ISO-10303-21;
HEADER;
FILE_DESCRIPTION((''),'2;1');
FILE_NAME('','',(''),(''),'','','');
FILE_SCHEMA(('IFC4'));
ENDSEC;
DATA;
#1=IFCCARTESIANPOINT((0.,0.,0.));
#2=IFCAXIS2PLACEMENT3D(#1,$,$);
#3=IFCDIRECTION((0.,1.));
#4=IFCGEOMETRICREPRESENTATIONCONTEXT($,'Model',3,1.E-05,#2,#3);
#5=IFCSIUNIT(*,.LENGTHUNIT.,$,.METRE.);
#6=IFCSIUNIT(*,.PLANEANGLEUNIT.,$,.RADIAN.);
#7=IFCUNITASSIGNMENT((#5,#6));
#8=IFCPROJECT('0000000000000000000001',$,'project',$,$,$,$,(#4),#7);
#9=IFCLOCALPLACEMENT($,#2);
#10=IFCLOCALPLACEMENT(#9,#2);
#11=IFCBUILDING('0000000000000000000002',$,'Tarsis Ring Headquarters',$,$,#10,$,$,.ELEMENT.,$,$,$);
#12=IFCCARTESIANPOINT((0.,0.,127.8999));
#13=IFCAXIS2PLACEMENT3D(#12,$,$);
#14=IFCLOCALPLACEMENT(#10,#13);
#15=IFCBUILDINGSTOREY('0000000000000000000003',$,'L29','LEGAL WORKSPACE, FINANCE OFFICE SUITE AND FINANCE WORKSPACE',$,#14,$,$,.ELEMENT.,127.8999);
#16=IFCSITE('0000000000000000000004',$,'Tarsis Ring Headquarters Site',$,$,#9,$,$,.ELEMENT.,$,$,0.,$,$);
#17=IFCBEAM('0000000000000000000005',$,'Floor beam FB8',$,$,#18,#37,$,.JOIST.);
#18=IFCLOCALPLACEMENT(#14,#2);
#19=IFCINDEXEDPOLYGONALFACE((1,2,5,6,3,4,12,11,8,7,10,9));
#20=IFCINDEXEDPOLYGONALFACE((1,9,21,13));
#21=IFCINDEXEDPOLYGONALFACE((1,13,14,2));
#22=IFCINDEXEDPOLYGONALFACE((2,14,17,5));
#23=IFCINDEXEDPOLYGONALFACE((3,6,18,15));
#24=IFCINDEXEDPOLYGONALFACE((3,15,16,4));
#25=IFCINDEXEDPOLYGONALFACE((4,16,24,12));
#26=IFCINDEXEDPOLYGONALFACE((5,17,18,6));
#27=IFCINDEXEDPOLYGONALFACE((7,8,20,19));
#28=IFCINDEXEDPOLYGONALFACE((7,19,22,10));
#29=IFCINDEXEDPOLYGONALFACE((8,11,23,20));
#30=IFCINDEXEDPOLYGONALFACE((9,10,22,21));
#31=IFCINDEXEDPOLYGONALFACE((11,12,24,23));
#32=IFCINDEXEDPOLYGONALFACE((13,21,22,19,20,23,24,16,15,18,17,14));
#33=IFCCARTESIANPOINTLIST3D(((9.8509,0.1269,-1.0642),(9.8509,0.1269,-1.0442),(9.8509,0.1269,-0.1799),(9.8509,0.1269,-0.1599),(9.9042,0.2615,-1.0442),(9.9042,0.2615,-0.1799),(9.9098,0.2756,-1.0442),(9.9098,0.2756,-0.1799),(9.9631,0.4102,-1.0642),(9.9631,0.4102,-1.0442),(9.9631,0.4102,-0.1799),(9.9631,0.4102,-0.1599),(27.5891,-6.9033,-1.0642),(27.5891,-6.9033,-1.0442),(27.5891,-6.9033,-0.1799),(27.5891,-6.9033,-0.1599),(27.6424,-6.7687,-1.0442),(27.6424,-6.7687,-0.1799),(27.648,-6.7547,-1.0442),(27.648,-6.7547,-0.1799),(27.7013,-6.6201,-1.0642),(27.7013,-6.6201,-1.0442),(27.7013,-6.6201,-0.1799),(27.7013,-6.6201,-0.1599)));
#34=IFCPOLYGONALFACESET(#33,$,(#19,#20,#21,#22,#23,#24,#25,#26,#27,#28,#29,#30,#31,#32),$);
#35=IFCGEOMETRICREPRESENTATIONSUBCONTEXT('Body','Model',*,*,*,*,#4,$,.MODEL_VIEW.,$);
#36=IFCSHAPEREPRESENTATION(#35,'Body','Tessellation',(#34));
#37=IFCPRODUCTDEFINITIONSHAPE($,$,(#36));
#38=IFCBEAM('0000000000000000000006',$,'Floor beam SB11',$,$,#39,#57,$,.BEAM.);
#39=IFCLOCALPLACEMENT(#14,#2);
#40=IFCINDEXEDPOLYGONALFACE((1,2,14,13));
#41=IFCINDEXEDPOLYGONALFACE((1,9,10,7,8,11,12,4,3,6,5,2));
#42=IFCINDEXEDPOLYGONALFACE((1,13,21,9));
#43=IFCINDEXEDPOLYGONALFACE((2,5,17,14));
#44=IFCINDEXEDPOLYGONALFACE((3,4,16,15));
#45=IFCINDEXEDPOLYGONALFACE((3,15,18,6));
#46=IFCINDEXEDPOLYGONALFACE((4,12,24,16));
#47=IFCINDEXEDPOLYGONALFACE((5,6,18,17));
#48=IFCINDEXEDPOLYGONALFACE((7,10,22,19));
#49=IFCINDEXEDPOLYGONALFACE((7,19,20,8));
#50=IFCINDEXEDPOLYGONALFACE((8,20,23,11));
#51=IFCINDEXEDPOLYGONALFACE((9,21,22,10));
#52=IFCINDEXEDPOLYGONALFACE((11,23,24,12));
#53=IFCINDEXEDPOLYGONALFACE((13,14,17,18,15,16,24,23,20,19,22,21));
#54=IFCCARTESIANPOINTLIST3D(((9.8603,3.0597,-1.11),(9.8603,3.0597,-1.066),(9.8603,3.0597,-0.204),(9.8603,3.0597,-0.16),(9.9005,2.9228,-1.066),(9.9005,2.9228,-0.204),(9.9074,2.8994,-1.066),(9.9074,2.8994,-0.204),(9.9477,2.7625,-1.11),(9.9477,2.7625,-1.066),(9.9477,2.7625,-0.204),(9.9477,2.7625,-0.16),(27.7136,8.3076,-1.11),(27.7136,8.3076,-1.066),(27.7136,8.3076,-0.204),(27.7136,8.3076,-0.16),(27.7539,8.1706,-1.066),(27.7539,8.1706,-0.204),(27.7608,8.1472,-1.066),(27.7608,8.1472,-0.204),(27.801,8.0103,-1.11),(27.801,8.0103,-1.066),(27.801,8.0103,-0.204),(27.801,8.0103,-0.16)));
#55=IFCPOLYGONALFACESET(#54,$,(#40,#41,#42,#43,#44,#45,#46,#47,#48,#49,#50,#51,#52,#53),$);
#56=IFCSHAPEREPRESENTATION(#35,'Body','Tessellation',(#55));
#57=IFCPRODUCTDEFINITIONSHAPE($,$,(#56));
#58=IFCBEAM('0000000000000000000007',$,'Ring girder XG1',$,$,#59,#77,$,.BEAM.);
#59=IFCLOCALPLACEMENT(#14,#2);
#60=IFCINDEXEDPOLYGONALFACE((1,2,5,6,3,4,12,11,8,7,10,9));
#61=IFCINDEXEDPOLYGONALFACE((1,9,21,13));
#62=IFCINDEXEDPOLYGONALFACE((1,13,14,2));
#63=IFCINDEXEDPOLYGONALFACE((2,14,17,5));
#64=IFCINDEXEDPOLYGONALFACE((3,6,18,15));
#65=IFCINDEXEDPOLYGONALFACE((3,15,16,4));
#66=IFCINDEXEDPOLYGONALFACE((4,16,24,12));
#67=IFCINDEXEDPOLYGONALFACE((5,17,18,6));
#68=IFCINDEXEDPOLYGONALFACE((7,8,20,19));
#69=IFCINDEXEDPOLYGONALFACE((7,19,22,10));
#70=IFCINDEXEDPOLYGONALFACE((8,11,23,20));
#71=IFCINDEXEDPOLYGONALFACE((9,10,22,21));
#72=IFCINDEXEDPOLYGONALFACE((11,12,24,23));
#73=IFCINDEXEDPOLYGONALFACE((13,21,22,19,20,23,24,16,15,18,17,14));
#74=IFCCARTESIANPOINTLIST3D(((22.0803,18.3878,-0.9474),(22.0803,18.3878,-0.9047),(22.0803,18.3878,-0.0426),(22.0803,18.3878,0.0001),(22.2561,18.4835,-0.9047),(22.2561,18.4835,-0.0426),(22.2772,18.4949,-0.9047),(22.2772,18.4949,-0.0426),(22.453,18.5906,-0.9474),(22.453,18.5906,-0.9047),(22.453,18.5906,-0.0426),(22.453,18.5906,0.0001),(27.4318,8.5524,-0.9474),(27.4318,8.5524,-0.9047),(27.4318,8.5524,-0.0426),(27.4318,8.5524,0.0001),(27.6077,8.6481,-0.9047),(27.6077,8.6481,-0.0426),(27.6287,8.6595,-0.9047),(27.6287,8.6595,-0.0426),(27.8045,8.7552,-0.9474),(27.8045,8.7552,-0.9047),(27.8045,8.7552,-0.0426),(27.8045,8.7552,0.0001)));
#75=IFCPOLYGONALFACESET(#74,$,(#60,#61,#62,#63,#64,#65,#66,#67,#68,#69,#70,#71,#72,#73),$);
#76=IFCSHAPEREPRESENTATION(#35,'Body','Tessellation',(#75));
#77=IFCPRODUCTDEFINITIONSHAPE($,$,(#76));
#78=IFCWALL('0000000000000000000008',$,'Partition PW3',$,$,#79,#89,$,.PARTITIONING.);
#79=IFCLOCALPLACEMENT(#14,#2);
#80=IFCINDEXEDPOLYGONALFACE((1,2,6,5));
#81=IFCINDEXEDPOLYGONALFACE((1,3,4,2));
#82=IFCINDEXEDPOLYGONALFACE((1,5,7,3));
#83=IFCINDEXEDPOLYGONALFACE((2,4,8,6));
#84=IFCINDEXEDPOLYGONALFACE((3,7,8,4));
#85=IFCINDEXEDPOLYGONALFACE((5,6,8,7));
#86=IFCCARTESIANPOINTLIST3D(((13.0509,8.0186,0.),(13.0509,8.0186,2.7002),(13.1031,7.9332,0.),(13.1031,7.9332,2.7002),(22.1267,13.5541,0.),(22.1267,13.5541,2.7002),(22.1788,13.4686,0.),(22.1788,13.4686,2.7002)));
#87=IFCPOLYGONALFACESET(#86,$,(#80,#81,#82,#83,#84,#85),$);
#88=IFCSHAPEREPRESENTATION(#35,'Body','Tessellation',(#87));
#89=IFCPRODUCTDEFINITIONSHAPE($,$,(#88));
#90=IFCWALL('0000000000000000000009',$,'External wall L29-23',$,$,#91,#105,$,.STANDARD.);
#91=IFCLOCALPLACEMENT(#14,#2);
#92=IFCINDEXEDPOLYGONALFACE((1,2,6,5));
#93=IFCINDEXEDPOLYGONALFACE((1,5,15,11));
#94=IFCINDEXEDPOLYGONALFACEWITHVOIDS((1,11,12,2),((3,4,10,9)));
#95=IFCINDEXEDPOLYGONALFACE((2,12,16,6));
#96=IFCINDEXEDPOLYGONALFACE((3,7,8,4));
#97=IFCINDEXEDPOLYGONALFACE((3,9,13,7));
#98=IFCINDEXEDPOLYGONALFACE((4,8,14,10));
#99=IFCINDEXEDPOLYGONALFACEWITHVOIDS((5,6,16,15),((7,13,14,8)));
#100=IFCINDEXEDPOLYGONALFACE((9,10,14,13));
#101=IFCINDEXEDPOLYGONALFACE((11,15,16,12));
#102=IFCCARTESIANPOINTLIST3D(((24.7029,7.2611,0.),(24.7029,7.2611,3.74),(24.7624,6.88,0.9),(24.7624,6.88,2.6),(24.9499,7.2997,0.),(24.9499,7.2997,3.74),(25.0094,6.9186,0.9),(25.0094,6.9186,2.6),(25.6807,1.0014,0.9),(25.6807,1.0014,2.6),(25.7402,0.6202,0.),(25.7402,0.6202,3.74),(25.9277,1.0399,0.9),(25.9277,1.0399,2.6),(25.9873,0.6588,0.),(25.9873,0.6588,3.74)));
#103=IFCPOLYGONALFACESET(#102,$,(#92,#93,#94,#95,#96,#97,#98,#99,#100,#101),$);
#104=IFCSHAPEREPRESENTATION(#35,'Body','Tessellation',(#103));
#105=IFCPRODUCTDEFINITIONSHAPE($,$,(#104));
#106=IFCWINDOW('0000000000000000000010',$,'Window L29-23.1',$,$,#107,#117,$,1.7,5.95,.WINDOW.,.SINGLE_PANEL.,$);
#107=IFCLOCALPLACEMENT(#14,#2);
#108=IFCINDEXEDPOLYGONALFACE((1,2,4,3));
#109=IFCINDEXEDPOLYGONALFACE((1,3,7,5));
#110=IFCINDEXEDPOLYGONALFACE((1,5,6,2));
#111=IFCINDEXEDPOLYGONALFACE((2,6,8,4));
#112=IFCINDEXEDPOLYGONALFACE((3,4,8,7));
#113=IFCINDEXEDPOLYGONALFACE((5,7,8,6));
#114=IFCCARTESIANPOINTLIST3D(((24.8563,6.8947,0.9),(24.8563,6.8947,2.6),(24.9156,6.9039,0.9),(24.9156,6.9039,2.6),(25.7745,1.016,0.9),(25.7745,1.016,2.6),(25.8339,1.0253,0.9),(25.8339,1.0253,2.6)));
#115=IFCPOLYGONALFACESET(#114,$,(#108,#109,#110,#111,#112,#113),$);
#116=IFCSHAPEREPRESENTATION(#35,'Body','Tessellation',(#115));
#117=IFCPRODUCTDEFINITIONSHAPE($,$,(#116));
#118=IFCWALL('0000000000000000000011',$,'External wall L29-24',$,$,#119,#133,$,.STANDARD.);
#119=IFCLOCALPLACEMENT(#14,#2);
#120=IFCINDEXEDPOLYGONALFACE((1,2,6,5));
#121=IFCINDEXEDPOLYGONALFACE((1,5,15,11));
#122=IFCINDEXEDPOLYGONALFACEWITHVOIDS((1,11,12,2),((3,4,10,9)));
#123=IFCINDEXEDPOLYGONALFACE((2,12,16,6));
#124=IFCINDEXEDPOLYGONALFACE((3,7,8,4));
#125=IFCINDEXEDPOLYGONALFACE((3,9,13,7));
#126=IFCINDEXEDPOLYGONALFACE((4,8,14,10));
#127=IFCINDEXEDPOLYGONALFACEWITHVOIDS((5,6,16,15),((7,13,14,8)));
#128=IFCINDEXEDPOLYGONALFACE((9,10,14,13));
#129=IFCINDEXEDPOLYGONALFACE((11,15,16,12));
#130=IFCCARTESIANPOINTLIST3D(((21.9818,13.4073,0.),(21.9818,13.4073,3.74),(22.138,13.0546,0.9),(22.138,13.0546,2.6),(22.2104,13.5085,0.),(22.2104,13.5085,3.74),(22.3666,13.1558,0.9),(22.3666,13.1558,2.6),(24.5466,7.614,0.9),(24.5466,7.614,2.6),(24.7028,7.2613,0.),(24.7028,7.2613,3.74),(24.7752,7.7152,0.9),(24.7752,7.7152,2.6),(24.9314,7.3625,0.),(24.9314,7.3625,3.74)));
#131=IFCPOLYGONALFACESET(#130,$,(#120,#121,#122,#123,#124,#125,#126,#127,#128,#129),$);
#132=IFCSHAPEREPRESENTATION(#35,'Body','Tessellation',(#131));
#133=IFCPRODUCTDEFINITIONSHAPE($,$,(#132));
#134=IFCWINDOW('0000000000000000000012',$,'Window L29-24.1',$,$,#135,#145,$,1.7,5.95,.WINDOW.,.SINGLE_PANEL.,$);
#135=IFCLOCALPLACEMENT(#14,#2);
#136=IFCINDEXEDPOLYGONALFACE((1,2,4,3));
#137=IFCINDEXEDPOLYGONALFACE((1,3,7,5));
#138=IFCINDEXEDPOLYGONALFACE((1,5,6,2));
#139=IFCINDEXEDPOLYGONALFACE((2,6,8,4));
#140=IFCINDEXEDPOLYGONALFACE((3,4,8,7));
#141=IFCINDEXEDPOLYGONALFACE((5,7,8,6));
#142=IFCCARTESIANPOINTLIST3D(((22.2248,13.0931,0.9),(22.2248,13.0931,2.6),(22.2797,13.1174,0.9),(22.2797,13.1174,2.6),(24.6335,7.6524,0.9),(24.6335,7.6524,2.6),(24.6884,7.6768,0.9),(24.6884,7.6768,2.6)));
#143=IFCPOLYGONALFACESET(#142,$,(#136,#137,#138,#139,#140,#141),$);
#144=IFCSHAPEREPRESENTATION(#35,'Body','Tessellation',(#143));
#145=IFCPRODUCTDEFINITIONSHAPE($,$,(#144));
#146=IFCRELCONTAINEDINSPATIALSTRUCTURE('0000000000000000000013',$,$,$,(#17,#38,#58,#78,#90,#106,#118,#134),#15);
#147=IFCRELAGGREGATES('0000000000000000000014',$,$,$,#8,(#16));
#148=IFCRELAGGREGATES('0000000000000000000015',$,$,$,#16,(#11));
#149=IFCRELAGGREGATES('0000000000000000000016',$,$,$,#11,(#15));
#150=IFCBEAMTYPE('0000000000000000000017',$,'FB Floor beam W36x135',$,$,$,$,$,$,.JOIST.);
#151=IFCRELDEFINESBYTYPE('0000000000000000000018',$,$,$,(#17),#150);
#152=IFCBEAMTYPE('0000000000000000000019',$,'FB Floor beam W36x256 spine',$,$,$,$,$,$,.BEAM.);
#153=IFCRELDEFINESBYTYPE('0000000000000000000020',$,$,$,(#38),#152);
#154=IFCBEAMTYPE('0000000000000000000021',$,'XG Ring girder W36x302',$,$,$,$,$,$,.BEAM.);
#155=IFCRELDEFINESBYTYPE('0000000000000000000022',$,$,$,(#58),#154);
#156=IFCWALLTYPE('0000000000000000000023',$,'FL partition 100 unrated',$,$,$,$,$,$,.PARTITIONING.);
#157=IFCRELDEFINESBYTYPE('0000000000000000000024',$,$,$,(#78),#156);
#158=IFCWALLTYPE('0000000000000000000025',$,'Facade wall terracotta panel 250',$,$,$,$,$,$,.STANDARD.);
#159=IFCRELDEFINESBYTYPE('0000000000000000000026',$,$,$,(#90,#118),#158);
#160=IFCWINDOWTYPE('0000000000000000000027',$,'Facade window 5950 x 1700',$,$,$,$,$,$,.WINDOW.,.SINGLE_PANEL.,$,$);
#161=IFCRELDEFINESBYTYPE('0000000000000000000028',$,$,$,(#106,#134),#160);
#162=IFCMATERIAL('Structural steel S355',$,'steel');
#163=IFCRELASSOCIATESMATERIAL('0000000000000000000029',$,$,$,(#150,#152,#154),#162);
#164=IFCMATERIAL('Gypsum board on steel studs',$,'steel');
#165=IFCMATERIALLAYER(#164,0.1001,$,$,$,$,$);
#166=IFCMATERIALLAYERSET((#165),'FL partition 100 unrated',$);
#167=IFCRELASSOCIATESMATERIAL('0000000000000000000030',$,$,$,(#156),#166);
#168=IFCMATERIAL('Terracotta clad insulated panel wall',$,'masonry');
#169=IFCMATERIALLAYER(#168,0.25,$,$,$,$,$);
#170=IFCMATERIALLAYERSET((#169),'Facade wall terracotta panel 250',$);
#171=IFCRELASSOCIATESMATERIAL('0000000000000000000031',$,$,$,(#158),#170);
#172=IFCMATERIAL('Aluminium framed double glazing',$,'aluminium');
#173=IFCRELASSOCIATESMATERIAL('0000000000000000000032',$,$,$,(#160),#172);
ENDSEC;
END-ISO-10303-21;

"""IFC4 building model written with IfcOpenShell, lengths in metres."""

from ifc_helpers import new_model, si_unit, direction, frame, frame_2d, origin, origin_2d, place, context, subcontext, project, spatial, rectangle, i_section, extrude, material, layer, layer_set, material_profile, profile_set, type_object, element, fill, save


model = new_model("IFC4")

# Units and contexts
model_context = context("Model", 3, precision=1e-05, world=origin(), true_north=direction((0.0, 1.0)))
body_context = subcontext(model_context, "Body", "Model", "MODEL_VIEW")
ifc_project = project(units=[si_unit("LENGTHUNIT", "METRE"), si_unit("PLANEANGLEUNIT", "RADIAN")], contexts=[model_context])

# Site, building, storey
site_placement = place(None, origin())
site = spatial("IfcSite", under=ifc_project, at=site_placement, Name="Tarsis Ring Headquarters Site", CompositionType="ELEMENT", RefElevation=0.0)
building_placement = place(site_placement, origin())
building = spatial("IfcBuilding", under=site, at=building_placement, Name="Tarsis Ring Headquarters", CompositionType="ELEMENT")
storey_placement = place(building_placement, frame((0.0, 0.0, 127.8999)))
storey = spatial("IfcBuildingStorey", under=building, at=storey_placement, Name="L29", Description="LEGAL WORKSPACE, FINANCE OFFICE SUITE AND FINANCE WORKSPACE", CompositionType="ELEMENT", Elevation=127.8999)

# Shared definitions
ifc_material_1 = material(Name="Structural steel S355", Category="steel")

# Beams
ifc_material_profile_1 = material_profile(ifc_material_1, i_section(OverallWidth=0.3047, OverallDepth=0.9043, WebThickness=0.0151, FlangeThickness=0.02, at=origin_2d()), Name="W36x135")
ifc_profile_set_1 = profile_set([ifc_material_profile_1], Name="Structural steel S355")
beam_type_1 = type_object("IfcBeamType", Name="FB Floor beam W36x135", PredefinedType="JOIST", material=ifc_profile_set_1)
beam_1_placement = place(storey_placement, frame((9.907, 0.2686, -0.6121), z_axis=(0.929647, -0.36845, 0.0), x_axis=(0.36845, 0.929647, 0.0)))
element("IfcBeam", 1, at=beam_1_placement, inside=storey, type_object=beam_type_1, Name="Floor beam FB8", PredefinedType="JOIST", context=body_context, shape_type="SweptSolid", body=[
    extrude(i_section(OverallWidth=0.3047, OverallDepth=0.9043, WebThickness=0.0151, FlangeThickness=0.02, at=origin_2d()), origin(), (0.0, 0.0, 1.0), 19.0806),
])
ifc_material_profile_2 = material_profile(ifc_material_1, i_section(OverallWidth=0.3098, OverallDepth=0.95, WebThickness=0.0244, FlangeThickness=0.0439, at=origin_2d()), Name="W36x256")
ifc_profile_set_2 = profile_set([ifc_material_profile_2], Name="Structural steel S355")
beam_type_2 = type_object("IfcBeamType", Name="FB Floor beam W36x256 spine", PredefinedType="BEAM", material=ifc_profile_set_2)
beam_2_placement = place(storey_placement, frame((27.7573, 8.1589, -0.635), z_axis=(-0.959411, -0.28201, 0.0), x_axis=(0.28201, -0.959411, 0.0)))
element("IfcBeam", 2, at=beam_2_placement, inside=storey, type_object=beam_type_2, Name="Floor beam SB11", PredefinedType="BEAM", context=body_context, shape_type="SweptSolid", body=[
    extrude(i_section(OverallWidth=0.3098, OverallDepth=0.95, WebThickness=0.0244, FlangeThickness=0.0439, at=origin_2d()), origin(), (0.0, 0.0, 1.0), 18.6086),
])
ifc_material_profile_3 = material_profile(ifc_material_1, i_section(OverallWidth=0.4243, OverallDepth=0.9475, WebThickness=0.0239, FlangeThickness=0.0427, at=origin_2d()), Name="W36x302")
ifc_profile_set_3 = profile_set([ifc_material_profile_3], Name="Structural steel S355")
beam_type_3 = type_object("IfcBeamType", Name="XG Ring girder W36x302", PredefinedType="BEAM", material=ifc_profile_set_3)
beam_3_placement = place(storey_placement, frame((27.6182, 8.6538, -0.4736), z_axis=(-0.477941, 0.878392, 0.0), x_axis=(-0.878392, -0.477941, 0.0)))
element("IfcBeam", 3, at=beam_3_placement, inside=storey, type_object=beam_type_3, Name="Ring girder XG1", PredefinedType="BEAM", context=body_context, shape_type="SweptSolid", body=[
    extrude(i_section(OverallWidth=0.4243, OverallDepth=0.9475, WebThickness=0.0239, FlangeThickness=0.0427, at=origin_2d()), origin(), (0.0, 0.0, 1.0), 11.197),
])

# Wall
ifc_material_2 = material(Name="Gypsum board on steel studs", Category="steel")
ifc_layer_1 = layer(ifc_material_2, 0.1001)
ifc_layer_set_1 = layer_set([ifc_layer_1], Name="FL partition 100 unrated")
wall_type_1 = type_object("IfcWallType", Name="FL partition 100 unrated", PredefinedType="PARTITIONING", material=ifc_layer_set_1)
wall_1_placement = place(storey_placement, frame((13.0769, 7.9758, 0.0), z_axis=(0.0, 0.0, 1.0), x_axis=(0.853736, 0.520707, 0.0)))
element("IfcWall", 4, at=wall_1_placement, inside=storey, type_object=wall_type_1, Name="Partition PW3", PredefinedType="PARTITIONING", context=body_context, shape_type="SweptSolid", body=[
    extrude(rectangle(XDim=10.6306, YDim=0.1001, at=frame_2d((5.3154, 0.0))), origin(), (0.0, 0.0, 1.0), 2.7002),
])

# Walls, openings, windows
ifc_material_3 = material(Name="Terracotta clad insulated panel wall", Category="masonry")
ifc_layer_2 = layer(ifc_material_3, 0.25)
ifc_layer_set_2 = layer_set([ifc_layer_2], Name="Facade wall terracotta panel 250")
wall_type_2 = type_object("IfcWallType", Name="Facade wall terracotta panel 250", PredefinedType="STANDARD", material=ifc_layer_set_2)
wall_2_placement = place(storey_placement, frame((25.8638, 0.6394, 0.0), z_axis=(0.0, 0.0, 1.0), x_axis=(-0.154336, 0.988018, 0.0)))
wall_2 = element("IfcWall", 5, at=wall_2_placement, inside=storey, type_object=wall_type_2, Name="External wall L29-23", PredefinedType="STANDARD", context=body_context, shape_type="SweptSolid", body=[
    extrude(rectangle(XDim=6.7214, YDim=0.25, at=frame_2d((3.3608, 0.0))), origin(), (0.0, 0.0, 1.0), 3.74),
])
opening_1_placement = place(wall_2_placement, frame((0.3857, 0.0, 0.8999)))
opening_1 = element("IfcOpeningElement", 6, at=opening_1_placement, cuts=wall_2, PredefinedType="OPENING", context=body_context, shape_type="SweptSolid", body=[
    extrude(rectangle(XDim=5.95, YDim=1.7, at=frame_2d((2.9751, 0.8501))), frame((0.0, 0.135, 0.0), z_axis=(0.0, -1.0, 0.0), x_axis=(1.0, 0.0, 0.0)), (0.0, 0.0, 1.0), 0.27),
])
ifc_material_4 = material(Name="Aluminium framed double glazing", Category="aluminium")
window_type = type_object("IfcWindowType", Name="Facade window 5950 x 1700", PartitioningType="SINGLE_PANEL", PredefinedType="WINDOW", material=ifc_material_4)
window_1_placement = place(opening_1_placement, origin())
window_1 = element("IfcWindow", 7, at=window_1_placement, inside=storey, type_object=window_type, Name="Window L29-23.1", OverallHeight=1.7, OverallWidth=5.95, PartitioningType="SINGLE_PANEL", PredefinedType="WINDOW", context=body_context, shape_type="SweptSolid", body=[
    extrude(rectangle(XDim=5.95, YDim=1.7, at=frame_2d((2.9751, 0.8501))), frame((0.0, 0.03, 0.0), z_axis=(0.0, -1.0, 0.0), x_axis=(1.0, 0.0, 0.0)), (0.0, 0.0, 1.0), 0.0601),
])
fill(opening_1, window_1)
wall_3_placement = place(storey_placement, frame((24.8171, 7.3118, 0.0), z_axis=(0.0, 0.0, 1.0), x_axis=(-0.40482, 0.914396, 0.0)))
wall_3 = element("IfcWall", 8, at=wall_3_placement, inside=storey, type_object=wall_type_2, Name="External wall L29-24", PredefinedType="STANDARD", context=body_context, shape_type="SweptSolid", body=[
    extrude(rectangle(XDim=6.7214, YDim=0.25, at=frame_2d((3.3608, 0.0))), origin(), (0.0, 0.0, 1.0), 3.74),
])
opening_2_placement = place(wall_3_placement, frame((0.3857, 0.0, 0.8999)))
opening_2 = element("IfcOpeningElement", 9, at=opening_2_placement, cuts=wall_3, PredefinedType="OPENING", context=body_context, shape_type="SweptSolid", body=[
    extrude(rectangle(XDim=5.95, YDim=1.7, at=frame_2d((2.9751, 0.8501))), frame((0.0, 0.135, 0.0), z_axis=(0.0, -1.0, 0.0), x_axis=(1.0, 0.0, 0.0)), (0.0, 0.0, 1.0), 0.27),
])
window_2_placement = place(opening_2_placement, origin())
window_2 = element("IfcWindow", 10, at=window_2_placement, inside=storey, type_object=window_type, Name="Window L29-24.1", OverallHeight=1.7, OverallWidth=5.95, PartitioningType="SINGLE_PANEL", PredefinedType="WINDOW", context=body_context, shape_type="SweptSolid", body=[
    extrude(rectangle(XDim=5.95, YDim=1.7, at=frame_2d((2.9751, 0.8501))), frame((0.0, 0.03, 0.0), z_axis=(0.0, -1.0, 0.0), x_axis=(1.0, 0.0, 0.0)), (0.0, 0.0, 1.0), 0.0601),
])
fill(opening_2, window_2)

save(model, "model.ifc")
